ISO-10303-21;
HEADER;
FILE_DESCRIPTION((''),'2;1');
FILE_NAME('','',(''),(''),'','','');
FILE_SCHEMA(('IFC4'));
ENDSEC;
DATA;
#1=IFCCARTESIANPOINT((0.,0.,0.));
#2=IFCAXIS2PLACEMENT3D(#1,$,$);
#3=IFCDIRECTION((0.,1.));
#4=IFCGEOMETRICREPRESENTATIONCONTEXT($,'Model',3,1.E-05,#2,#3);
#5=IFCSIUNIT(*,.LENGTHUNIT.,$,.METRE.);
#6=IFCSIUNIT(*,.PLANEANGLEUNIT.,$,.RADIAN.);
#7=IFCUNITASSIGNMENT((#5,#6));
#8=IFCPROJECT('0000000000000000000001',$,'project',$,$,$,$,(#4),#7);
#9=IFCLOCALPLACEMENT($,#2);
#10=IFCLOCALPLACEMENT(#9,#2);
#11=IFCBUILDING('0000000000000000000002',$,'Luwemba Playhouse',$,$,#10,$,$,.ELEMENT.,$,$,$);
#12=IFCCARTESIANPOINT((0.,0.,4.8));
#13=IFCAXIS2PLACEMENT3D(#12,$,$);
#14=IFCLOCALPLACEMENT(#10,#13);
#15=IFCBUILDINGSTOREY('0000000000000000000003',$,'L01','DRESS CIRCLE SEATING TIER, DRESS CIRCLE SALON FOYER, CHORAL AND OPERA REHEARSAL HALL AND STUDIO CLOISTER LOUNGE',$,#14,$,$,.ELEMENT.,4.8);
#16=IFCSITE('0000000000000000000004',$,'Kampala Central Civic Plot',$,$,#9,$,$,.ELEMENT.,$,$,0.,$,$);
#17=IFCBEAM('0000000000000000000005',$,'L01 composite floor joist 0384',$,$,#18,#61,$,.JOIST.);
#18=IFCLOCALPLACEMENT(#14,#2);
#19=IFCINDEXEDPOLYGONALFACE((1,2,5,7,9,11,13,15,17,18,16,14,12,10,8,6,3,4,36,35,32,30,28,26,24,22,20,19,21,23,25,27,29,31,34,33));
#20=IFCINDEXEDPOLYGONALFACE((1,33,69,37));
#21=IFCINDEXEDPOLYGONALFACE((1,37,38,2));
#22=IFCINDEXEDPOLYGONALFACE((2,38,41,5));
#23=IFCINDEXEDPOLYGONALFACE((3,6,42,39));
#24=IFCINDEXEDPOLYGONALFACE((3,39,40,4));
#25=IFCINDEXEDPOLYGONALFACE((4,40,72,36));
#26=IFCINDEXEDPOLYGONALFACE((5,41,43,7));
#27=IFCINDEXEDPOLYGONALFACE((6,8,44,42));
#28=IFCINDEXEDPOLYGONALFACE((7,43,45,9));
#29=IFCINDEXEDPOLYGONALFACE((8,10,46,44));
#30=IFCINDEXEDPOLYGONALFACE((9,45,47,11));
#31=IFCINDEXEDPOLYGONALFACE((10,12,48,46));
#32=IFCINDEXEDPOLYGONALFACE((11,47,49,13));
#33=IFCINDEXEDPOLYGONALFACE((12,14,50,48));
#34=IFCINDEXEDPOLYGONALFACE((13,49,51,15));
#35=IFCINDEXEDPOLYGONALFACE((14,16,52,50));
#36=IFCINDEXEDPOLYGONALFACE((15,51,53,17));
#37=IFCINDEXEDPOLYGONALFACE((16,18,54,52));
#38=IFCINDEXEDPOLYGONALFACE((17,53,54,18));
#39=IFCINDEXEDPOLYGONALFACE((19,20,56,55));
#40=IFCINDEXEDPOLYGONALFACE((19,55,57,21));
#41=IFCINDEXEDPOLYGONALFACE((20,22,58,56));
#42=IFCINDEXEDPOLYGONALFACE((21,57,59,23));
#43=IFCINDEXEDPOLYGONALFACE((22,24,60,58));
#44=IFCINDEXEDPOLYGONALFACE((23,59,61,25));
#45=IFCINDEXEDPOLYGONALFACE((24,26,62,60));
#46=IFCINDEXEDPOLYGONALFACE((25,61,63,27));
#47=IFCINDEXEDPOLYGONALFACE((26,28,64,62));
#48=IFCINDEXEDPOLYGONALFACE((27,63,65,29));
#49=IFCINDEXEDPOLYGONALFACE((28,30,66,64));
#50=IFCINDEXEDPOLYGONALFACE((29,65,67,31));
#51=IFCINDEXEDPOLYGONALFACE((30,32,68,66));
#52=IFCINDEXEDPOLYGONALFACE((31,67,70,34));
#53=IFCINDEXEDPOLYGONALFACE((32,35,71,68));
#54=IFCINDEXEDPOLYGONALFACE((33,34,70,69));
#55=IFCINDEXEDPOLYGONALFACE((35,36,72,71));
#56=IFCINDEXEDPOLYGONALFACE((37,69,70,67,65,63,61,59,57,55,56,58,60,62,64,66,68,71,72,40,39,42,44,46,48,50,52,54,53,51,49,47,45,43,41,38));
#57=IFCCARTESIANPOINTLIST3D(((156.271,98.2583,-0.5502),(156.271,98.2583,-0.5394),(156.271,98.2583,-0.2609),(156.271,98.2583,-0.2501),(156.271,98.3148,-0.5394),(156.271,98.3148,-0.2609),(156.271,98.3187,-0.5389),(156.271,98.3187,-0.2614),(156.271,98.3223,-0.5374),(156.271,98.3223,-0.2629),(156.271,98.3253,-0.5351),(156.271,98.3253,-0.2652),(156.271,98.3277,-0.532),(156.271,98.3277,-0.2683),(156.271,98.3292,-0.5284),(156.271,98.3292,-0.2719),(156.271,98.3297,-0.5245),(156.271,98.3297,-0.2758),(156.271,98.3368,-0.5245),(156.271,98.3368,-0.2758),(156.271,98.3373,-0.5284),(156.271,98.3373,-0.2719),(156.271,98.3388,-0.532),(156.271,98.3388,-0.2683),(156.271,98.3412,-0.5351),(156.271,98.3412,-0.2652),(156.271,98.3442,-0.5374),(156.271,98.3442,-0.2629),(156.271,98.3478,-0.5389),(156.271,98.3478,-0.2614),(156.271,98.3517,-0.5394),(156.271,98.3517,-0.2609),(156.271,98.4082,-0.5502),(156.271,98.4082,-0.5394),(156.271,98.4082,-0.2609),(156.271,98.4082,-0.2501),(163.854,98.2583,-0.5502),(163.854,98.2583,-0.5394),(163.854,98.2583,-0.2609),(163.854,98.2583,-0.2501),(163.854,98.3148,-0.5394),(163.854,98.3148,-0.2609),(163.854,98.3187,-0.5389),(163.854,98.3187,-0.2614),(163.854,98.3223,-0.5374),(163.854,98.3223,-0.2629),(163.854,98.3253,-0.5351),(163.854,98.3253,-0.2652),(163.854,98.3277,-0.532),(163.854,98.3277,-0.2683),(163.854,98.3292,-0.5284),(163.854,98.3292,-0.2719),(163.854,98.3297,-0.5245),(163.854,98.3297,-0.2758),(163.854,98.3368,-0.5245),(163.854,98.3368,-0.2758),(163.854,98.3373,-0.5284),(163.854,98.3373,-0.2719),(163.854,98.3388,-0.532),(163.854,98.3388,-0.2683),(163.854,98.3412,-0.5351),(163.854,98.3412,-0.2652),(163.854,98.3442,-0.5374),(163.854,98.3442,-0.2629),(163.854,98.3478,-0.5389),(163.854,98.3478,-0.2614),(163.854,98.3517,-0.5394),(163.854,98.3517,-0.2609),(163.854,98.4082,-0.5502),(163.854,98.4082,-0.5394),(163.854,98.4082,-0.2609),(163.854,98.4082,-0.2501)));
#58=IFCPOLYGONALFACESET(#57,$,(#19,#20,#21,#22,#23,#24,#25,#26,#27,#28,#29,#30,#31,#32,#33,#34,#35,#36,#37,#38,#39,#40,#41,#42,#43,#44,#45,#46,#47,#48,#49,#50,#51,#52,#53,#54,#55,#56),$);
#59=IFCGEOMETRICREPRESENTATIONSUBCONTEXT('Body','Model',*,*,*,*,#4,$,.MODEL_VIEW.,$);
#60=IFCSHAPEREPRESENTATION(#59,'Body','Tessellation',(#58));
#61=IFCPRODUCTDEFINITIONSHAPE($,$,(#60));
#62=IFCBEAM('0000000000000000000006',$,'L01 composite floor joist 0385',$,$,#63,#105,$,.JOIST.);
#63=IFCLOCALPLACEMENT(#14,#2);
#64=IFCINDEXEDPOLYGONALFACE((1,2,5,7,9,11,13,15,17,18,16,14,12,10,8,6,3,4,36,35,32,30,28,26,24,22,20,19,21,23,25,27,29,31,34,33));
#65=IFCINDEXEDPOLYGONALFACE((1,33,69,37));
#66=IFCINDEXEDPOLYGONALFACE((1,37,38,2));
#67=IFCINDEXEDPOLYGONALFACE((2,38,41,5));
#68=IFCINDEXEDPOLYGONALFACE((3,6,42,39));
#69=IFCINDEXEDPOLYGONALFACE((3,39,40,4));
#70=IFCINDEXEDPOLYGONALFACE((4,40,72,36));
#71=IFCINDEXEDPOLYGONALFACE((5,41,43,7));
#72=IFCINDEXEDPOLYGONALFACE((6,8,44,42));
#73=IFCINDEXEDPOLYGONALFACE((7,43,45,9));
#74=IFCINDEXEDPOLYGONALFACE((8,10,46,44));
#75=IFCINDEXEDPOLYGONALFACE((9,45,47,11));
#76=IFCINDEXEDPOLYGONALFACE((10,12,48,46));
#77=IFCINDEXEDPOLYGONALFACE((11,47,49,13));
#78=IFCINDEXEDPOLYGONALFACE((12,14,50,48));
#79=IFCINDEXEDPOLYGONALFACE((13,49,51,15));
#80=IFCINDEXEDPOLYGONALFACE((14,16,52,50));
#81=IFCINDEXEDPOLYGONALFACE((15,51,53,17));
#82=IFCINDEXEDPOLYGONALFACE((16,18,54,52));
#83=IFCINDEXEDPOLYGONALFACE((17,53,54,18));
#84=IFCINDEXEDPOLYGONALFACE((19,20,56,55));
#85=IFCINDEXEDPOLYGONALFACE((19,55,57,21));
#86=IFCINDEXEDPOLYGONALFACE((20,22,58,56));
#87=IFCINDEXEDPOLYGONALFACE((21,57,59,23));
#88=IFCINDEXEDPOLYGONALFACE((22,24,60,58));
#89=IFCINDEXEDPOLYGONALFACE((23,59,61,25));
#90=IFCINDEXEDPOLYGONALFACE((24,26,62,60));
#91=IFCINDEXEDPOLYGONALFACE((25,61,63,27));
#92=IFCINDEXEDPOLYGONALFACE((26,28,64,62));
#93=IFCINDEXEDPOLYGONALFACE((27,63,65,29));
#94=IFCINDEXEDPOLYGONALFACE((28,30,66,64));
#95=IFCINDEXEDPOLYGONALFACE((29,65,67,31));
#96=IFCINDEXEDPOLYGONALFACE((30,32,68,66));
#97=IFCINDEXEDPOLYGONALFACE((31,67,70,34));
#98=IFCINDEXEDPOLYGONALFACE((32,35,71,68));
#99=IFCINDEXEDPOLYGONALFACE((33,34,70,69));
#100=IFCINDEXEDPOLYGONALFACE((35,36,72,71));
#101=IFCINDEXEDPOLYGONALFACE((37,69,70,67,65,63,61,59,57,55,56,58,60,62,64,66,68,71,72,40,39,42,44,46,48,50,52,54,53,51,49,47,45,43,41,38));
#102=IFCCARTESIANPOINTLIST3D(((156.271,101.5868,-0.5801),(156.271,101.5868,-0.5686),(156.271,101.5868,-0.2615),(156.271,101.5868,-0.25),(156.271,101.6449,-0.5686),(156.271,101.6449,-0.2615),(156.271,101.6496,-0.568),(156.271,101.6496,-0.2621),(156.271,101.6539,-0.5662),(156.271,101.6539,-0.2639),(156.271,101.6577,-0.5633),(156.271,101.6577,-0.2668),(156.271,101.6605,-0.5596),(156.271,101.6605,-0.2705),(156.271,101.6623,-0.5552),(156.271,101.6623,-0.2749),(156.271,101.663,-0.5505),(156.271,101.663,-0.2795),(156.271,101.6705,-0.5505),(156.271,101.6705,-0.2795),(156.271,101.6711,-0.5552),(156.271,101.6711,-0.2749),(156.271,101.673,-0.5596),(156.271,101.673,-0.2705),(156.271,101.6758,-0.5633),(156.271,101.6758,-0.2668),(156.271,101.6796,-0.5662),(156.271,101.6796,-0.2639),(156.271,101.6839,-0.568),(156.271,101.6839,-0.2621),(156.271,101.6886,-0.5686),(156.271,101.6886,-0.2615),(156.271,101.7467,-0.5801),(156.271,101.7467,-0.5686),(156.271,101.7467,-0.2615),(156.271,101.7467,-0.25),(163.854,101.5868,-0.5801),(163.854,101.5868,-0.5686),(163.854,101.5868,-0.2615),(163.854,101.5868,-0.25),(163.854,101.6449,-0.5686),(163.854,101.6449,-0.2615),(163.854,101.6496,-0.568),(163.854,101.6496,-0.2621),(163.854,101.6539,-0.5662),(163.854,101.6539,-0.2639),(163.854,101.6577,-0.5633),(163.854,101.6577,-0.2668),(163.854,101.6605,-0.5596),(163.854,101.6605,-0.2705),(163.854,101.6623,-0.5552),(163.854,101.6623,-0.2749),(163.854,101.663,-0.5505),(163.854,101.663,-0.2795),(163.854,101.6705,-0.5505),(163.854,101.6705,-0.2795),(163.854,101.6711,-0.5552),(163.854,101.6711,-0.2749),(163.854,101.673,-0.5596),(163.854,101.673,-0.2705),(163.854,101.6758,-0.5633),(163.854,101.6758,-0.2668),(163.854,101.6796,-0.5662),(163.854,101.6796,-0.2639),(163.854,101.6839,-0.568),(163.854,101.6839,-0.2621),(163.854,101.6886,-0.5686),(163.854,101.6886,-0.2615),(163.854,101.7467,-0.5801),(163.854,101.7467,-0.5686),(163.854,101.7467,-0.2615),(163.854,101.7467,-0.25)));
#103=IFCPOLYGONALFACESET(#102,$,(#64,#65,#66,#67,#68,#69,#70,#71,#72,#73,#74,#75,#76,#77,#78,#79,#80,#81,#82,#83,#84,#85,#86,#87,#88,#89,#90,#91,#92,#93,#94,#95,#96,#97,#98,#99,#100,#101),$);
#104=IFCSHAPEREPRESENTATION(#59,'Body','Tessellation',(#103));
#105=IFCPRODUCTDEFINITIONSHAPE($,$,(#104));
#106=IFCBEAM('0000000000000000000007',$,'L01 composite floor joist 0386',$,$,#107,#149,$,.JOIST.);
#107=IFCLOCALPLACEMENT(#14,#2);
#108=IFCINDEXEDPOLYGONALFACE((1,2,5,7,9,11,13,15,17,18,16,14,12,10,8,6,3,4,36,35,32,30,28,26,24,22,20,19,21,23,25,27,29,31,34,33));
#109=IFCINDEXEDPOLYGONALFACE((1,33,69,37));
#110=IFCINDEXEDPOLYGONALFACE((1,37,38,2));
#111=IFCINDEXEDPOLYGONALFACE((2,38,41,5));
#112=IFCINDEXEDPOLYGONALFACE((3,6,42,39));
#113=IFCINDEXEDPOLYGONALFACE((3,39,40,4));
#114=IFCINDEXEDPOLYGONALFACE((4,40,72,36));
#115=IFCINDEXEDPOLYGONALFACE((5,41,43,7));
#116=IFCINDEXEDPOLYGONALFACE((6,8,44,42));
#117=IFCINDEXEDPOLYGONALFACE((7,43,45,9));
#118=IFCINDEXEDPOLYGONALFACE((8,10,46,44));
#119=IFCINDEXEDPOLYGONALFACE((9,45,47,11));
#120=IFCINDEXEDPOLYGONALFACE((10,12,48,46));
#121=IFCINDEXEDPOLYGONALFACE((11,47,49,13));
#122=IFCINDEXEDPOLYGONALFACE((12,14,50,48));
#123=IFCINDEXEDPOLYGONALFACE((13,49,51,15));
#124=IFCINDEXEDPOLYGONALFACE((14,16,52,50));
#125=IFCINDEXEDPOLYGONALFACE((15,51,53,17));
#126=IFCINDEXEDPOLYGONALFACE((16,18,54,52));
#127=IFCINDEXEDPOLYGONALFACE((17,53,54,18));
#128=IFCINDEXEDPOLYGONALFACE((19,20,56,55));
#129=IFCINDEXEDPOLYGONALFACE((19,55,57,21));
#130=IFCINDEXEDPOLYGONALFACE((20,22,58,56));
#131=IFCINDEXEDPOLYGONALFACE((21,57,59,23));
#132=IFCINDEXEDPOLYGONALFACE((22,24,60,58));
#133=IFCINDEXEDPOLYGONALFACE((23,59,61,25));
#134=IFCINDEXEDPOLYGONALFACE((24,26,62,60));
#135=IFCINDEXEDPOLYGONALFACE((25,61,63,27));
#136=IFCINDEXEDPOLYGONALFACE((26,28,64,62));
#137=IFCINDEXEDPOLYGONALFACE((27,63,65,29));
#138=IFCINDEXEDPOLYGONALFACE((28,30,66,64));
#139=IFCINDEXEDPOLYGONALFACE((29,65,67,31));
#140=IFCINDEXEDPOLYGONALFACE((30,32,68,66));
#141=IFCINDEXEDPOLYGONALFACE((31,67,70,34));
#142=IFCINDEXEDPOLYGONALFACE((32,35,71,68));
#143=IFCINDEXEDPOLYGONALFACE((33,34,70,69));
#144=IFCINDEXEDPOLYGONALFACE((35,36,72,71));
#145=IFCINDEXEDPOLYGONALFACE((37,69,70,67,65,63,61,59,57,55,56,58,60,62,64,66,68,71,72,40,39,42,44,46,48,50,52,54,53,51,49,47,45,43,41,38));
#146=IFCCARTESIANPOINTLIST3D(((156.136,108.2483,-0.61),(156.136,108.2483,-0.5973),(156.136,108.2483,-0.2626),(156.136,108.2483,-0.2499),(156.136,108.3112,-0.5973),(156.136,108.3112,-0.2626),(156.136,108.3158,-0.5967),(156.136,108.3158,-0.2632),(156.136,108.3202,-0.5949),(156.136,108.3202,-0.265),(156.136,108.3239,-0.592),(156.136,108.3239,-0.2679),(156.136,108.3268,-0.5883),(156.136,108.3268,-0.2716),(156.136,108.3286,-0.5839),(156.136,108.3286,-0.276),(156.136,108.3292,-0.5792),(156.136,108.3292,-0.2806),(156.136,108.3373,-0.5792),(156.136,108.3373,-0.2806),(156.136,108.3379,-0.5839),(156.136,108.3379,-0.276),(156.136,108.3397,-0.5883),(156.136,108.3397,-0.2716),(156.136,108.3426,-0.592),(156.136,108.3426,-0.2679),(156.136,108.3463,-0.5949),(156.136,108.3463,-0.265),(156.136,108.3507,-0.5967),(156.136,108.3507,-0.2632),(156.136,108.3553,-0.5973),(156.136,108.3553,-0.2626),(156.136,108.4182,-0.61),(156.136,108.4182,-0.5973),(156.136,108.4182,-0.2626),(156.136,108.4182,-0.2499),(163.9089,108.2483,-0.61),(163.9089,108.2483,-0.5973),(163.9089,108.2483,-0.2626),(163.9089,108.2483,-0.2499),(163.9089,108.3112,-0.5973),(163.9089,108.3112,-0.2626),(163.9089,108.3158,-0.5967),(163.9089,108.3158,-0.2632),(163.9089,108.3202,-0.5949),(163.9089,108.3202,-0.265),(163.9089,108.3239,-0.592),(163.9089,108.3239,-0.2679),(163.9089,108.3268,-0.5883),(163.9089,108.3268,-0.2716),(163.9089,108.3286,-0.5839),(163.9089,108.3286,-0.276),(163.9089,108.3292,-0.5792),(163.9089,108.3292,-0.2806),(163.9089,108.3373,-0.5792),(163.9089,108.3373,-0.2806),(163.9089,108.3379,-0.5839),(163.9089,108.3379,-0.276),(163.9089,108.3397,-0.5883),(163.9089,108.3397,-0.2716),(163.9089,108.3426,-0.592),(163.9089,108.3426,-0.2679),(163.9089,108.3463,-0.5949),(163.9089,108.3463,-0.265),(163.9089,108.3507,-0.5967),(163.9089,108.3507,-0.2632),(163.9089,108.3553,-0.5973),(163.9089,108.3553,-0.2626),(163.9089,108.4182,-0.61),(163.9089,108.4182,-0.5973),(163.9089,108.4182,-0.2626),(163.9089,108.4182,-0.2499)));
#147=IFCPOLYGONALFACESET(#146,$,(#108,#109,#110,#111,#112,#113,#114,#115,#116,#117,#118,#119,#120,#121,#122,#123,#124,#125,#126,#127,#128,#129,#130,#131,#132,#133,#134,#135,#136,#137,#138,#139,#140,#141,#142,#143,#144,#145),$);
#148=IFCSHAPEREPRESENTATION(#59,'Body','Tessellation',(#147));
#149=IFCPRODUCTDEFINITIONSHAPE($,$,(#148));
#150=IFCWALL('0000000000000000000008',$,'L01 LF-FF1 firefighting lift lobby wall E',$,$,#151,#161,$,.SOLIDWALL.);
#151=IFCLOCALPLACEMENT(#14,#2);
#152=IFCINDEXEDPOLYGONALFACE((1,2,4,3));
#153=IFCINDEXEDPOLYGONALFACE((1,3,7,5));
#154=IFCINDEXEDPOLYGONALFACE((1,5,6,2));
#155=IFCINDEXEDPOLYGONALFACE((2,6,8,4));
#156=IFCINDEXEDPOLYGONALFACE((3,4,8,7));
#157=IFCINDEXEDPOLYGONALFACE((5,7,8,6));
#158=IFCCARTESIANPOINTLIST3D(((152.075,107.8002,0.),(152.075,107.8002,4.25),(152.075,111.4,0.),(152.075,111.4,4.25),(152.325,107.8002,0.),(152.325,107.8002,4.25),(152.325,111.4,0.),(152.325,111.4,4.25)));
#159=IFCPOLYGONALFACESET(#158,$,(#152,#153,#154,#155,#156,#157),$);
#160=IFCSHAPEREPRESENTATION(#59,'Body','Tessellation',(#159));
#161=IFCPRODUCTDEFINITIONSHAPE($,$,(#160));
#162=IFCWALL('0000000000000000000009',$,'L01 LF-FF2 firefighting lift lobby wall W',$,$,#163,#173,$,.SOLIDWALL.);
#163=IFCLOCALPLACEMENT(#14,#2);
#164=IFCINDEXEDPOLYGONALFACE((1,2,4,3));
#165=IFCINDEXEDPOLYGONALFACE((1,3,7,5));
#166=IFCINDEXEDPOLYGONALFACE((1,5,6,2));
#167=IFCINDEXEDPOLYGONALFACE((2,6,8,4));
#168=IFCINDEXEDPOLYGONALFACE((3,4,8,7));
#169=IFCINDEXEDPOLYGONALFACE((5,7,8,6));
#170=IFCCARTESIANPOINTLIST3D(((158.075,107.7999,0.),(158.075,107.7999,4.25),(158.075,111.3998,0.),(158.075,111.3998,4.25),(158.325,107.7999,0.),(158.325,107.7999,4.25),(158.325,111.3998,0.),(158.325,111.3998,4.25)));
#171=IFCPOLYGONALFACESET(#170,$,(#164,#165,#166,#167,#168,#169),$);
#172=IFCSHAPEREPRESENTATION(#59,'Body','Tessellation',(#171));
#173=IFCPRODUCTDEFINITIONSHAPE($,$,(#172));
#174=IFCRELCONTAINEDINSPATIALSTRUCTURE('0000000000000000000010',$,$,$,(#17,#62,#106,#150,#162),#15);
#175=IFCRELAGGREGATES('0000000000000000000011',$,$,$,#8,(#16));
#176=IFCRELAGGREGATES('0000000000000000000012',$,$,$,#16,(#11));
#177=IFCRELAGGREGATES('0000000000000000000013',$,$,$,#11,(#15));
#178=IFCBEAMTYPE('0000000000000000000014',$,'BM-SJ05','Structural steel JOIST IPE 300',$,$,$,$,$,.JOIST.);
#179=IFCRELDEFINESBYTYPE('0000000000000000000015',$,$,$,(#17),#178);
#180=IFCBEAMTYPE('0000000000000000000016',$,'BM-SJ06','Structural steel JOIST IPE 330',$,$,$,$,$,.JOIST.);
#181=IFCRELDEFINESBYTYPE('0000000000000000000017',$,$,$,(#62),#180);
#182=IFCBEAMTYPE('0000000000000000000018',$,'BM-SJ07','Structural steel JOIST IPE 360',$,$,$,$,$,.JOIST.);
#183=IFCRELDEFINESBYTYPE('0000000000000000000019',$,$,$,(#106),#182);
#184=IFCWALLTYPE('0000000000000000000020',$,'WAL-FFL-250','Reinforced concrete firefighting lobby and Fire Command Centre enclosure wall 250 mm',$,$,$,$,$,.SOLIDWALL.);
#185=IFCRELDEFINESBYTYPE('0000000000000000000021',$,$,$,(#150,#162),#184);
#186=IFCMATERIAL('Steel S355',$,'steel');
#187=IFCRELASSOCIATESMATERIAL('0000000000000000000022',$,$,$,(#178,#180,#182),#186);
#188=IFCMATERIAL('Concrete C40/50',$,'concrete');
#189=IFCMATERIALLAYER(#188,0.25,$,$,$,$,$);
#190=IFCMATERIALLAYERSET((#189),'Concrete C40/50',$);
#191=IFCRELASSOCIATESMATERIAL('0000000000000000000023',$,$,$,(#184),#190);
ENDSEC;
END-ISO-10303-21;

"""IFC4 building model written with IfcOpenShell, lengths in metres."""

from ifc_helpers import new_model, si_unit, direction, frame, frame_2d, origin, origin_2d, place, context, subcontext, project, spatial, rectangle, i_section, extrude, material, layer, layer_set, material_profile, profile_set, type_object, element, save


model = new_model("IFC4")

# Units and contexts
model_context = context("Model", 3, precision=1e-05, world=origin(), true_north=direction((0.0, 1.0)))
body_context = subcontext(model_context, "Body", "Model", "MODEL_VIEW")
ifc_project = project(units=[si_unit("LENGTHUNIT", "METRE"), si_unit("PLANEANGLEUNIT", "RADIAN")], contexts=[model_context])

# Site, building, storey
site_placement = place(None, origin())
site = spatial("IfcSite", under=ifc_project, at=site_placement, Name="Kampala Central Civic Plot", CompositionType="ELEMENT", RefElevation=0.0)
building_placement = place(site_placement, origin())
building = spatial("IfcBuilding", under=site, at=building_placement, Name="Luwemba Playhouse", CompositionType="ELEMENT")
storey_placement = place(building_placement, frame((0.0, 0.0, 4.8)))
storey = spatial("IfcBuildingStorey", under=building, at=storey_placement, Name="L01", Description="DRESS CIRCLE SEATING TIER, DRESS CIRCLE SALON FOYER, CHORAL AND OPERA REHEARSAL HALL AND STUDIO CLOISTER LOUNGE", CompositionType="ELEMENT", Elevation=4.8)

# Shared definitions
ifc_material_1 = material(Name="Concrete C40/50", Category="concrete")

# Beams
ifc_material_2 = material(Name="Steel S355", Category="steel")
ifc_material_profile_1 = material_profile(ifc_material_2, i_section(OverallWidth=0.1499, OverallDepth=0.3, WebThickness=0.0071, FlangeThickness=0.0107, FilletRadius=0.0149, at=origin_2d()))
ifc_profile_set_1 = profile_set([ifc_material_profile_1], Name="Steel S355")
beam_type_1 = type_object("IfcBeamType", Name="BM-SJ05", Description="Structural steel JOIST IPE 300", PredefinedType="JOIST", material=ifc_profile_set_1)
beam_1_placement = place(storey_placement, frame((156.271, 98.3333, -0.4001), z_axis=(1.0, 0.0, 0.0), x_axis=(0.0, 1.0, 0.0)))
element("IfcBeam", 1, at=beam_1_placement, inside=storey, type_object=beam_type_1, Name="L01 composite floor joist 0384", PredefinedType="JOIST", context=body_context, shape_type="SweptSolid", body=[
    extrude(i_section(OverallWidth=0.1499, OverallDepth=0.3, WebThickness=0.0071, FlangeThickness=0.0107, FilletRadius=0.0149, at=origin_2d()), origin(), (0.0, 0.0, 1.0), 7.583),
])
ifc_material_profile_2 = material_profile(ifc_material_2, i_section(OverallWidth=0.1599, OverallDepth=0.3301, WebThickness=0.0076, FlangeThickness=0.0115, FilletRadius=0.0181, at=origin_2d()))
ifc_profile_set_2 = profile_set([ifc_material_profile_2], Name="Steel S355")
beam_type_2 = type_object("IfcBeamType", Name="BM-SJ06", Description="Structural steel JOIST IPE 330", PredefinedType="JOIST", material=ifc_profile_set_2)
beam_2_placement = place(storey_placement, frame((156.271, 101.6667, -0.415), z_axis=(1.0, 0.0, 0.0), x_axis=(0.0, 1.0, 0.0)))
element("IfcBeam", 2, at=beam_2_placement, inside=storey, type_object=beam_type_2, Name="L01 composite floor joist 0385", PredefinedType="JOIST", context=body_context, shape_type="SweptSolid", body=[
    extrude(i_section(OverallWidth=0.1599, OverallDepth=0.3301, WebThickness=0.0076, FlangeThickness=0.0115, FilletRadius=0.0181, at=origin_2d()), origin(), (0.0, 0.0, 1.0), 7.583),
])
ifc_material_profile_3 = material_profile(ifc_material_2, i_section(OverallWidth=0.1699, OverallDepth=0.3601, WebThickness=0.0081, FlangeThickness=0.0127, FilletRadius=0.0181, at=origin_2d()))
ifc_profile_set_3 = profile_set([ifc_material_profile_3], Name="Steel S355")
beam_type_3 = type_object("IfcBeamType", Name="BM-SJ07", Description="Structural steel JOIST IPE 360", PredefinedType="JOIST", material=ifc_profile_set_3)
beam_3_placement = place(storey_placement, frame((156.136, 108.3333, -0.4299), z_axis=(1.0, 0.0, 0.0), x_axis=(0.0, 1.0, 0.0)))
element("IfcBeam", 3, at=beam_3_placement, inside=storey, type_object=beam_type_3, Name="L01 composite floor joist 0386", PredefinedType="JOIST", context=body_context, shape_type="SweptSolid", body=[
    extrude(i_section(OverallWidth=0.1699, OverallDepth=0.3601, WebThickness=0.0081, FlangeThickness=0.0127, FilletRadius=0.0181, at=origin_2d()), origin(), (0.0, 0.0, 1.0), 7.7729),
])

# Shared definitions
ifc_layer_1 = layer(ifc_material_1, 0.25)
ifc_layer_set_1 = layer_set([ifc_layer_1], Name="Concrete C40/50")
wall_type_1 = type_object("IfcWallType", Name="WAL-FFL-250", Description="Reinforced concrete firefighting lobby and Fire Command Centre enclosure wall 250 mm", PredefinedType="SOLIDWALL", material=ifc_layer_set_1)

# Wall
wall_1_placement = place(storey_placement, frame((152.2, 111.3999, 0.0), z_axis=(0.0, 0.0, 1.0), x_axis=(0.0, -1.0, 0.0)))
element("IfcWall", 4, at=wall_1_placement, inside=storey, type_object=wall_type_1, Name="L01 LF-FF1 firefighting lift lobby wall E", PredefinedType="SOLIDWALL", context=body_context, shape_type="SweptSolid", body=[
    extrude(rectangle(XDim=3.5999, YDim=0.25, at=frame_2d((1.7998, 0.0))), origin(), (0.0, 0.0, 1.0), 4.25),
])

# Wall
wall_2_placement = place(storey_placement, frame((158.2, 107.8, 0.0), z_axis=(0.0, 0.0, 1.0), x_axis=(0.0, 1.0, 0.0)))
element("IfcWall", 5, at=wall_2_placement, inside=storey, type_object=wall_type_1, Name="L01 LF-FF2 firefighting lift lobby wall W", PredefinedType="SOLIDWALL", context=body_context, shape_type="SweptSolid", body=[
    extrude(rectangle(XDim=3.5999, YDim=0.25, at=frame_2d((1.7998, 0.0))), origin(), (0.0, 0.0, 1.0), 4.25),
])

save(model, "model.ifc")
